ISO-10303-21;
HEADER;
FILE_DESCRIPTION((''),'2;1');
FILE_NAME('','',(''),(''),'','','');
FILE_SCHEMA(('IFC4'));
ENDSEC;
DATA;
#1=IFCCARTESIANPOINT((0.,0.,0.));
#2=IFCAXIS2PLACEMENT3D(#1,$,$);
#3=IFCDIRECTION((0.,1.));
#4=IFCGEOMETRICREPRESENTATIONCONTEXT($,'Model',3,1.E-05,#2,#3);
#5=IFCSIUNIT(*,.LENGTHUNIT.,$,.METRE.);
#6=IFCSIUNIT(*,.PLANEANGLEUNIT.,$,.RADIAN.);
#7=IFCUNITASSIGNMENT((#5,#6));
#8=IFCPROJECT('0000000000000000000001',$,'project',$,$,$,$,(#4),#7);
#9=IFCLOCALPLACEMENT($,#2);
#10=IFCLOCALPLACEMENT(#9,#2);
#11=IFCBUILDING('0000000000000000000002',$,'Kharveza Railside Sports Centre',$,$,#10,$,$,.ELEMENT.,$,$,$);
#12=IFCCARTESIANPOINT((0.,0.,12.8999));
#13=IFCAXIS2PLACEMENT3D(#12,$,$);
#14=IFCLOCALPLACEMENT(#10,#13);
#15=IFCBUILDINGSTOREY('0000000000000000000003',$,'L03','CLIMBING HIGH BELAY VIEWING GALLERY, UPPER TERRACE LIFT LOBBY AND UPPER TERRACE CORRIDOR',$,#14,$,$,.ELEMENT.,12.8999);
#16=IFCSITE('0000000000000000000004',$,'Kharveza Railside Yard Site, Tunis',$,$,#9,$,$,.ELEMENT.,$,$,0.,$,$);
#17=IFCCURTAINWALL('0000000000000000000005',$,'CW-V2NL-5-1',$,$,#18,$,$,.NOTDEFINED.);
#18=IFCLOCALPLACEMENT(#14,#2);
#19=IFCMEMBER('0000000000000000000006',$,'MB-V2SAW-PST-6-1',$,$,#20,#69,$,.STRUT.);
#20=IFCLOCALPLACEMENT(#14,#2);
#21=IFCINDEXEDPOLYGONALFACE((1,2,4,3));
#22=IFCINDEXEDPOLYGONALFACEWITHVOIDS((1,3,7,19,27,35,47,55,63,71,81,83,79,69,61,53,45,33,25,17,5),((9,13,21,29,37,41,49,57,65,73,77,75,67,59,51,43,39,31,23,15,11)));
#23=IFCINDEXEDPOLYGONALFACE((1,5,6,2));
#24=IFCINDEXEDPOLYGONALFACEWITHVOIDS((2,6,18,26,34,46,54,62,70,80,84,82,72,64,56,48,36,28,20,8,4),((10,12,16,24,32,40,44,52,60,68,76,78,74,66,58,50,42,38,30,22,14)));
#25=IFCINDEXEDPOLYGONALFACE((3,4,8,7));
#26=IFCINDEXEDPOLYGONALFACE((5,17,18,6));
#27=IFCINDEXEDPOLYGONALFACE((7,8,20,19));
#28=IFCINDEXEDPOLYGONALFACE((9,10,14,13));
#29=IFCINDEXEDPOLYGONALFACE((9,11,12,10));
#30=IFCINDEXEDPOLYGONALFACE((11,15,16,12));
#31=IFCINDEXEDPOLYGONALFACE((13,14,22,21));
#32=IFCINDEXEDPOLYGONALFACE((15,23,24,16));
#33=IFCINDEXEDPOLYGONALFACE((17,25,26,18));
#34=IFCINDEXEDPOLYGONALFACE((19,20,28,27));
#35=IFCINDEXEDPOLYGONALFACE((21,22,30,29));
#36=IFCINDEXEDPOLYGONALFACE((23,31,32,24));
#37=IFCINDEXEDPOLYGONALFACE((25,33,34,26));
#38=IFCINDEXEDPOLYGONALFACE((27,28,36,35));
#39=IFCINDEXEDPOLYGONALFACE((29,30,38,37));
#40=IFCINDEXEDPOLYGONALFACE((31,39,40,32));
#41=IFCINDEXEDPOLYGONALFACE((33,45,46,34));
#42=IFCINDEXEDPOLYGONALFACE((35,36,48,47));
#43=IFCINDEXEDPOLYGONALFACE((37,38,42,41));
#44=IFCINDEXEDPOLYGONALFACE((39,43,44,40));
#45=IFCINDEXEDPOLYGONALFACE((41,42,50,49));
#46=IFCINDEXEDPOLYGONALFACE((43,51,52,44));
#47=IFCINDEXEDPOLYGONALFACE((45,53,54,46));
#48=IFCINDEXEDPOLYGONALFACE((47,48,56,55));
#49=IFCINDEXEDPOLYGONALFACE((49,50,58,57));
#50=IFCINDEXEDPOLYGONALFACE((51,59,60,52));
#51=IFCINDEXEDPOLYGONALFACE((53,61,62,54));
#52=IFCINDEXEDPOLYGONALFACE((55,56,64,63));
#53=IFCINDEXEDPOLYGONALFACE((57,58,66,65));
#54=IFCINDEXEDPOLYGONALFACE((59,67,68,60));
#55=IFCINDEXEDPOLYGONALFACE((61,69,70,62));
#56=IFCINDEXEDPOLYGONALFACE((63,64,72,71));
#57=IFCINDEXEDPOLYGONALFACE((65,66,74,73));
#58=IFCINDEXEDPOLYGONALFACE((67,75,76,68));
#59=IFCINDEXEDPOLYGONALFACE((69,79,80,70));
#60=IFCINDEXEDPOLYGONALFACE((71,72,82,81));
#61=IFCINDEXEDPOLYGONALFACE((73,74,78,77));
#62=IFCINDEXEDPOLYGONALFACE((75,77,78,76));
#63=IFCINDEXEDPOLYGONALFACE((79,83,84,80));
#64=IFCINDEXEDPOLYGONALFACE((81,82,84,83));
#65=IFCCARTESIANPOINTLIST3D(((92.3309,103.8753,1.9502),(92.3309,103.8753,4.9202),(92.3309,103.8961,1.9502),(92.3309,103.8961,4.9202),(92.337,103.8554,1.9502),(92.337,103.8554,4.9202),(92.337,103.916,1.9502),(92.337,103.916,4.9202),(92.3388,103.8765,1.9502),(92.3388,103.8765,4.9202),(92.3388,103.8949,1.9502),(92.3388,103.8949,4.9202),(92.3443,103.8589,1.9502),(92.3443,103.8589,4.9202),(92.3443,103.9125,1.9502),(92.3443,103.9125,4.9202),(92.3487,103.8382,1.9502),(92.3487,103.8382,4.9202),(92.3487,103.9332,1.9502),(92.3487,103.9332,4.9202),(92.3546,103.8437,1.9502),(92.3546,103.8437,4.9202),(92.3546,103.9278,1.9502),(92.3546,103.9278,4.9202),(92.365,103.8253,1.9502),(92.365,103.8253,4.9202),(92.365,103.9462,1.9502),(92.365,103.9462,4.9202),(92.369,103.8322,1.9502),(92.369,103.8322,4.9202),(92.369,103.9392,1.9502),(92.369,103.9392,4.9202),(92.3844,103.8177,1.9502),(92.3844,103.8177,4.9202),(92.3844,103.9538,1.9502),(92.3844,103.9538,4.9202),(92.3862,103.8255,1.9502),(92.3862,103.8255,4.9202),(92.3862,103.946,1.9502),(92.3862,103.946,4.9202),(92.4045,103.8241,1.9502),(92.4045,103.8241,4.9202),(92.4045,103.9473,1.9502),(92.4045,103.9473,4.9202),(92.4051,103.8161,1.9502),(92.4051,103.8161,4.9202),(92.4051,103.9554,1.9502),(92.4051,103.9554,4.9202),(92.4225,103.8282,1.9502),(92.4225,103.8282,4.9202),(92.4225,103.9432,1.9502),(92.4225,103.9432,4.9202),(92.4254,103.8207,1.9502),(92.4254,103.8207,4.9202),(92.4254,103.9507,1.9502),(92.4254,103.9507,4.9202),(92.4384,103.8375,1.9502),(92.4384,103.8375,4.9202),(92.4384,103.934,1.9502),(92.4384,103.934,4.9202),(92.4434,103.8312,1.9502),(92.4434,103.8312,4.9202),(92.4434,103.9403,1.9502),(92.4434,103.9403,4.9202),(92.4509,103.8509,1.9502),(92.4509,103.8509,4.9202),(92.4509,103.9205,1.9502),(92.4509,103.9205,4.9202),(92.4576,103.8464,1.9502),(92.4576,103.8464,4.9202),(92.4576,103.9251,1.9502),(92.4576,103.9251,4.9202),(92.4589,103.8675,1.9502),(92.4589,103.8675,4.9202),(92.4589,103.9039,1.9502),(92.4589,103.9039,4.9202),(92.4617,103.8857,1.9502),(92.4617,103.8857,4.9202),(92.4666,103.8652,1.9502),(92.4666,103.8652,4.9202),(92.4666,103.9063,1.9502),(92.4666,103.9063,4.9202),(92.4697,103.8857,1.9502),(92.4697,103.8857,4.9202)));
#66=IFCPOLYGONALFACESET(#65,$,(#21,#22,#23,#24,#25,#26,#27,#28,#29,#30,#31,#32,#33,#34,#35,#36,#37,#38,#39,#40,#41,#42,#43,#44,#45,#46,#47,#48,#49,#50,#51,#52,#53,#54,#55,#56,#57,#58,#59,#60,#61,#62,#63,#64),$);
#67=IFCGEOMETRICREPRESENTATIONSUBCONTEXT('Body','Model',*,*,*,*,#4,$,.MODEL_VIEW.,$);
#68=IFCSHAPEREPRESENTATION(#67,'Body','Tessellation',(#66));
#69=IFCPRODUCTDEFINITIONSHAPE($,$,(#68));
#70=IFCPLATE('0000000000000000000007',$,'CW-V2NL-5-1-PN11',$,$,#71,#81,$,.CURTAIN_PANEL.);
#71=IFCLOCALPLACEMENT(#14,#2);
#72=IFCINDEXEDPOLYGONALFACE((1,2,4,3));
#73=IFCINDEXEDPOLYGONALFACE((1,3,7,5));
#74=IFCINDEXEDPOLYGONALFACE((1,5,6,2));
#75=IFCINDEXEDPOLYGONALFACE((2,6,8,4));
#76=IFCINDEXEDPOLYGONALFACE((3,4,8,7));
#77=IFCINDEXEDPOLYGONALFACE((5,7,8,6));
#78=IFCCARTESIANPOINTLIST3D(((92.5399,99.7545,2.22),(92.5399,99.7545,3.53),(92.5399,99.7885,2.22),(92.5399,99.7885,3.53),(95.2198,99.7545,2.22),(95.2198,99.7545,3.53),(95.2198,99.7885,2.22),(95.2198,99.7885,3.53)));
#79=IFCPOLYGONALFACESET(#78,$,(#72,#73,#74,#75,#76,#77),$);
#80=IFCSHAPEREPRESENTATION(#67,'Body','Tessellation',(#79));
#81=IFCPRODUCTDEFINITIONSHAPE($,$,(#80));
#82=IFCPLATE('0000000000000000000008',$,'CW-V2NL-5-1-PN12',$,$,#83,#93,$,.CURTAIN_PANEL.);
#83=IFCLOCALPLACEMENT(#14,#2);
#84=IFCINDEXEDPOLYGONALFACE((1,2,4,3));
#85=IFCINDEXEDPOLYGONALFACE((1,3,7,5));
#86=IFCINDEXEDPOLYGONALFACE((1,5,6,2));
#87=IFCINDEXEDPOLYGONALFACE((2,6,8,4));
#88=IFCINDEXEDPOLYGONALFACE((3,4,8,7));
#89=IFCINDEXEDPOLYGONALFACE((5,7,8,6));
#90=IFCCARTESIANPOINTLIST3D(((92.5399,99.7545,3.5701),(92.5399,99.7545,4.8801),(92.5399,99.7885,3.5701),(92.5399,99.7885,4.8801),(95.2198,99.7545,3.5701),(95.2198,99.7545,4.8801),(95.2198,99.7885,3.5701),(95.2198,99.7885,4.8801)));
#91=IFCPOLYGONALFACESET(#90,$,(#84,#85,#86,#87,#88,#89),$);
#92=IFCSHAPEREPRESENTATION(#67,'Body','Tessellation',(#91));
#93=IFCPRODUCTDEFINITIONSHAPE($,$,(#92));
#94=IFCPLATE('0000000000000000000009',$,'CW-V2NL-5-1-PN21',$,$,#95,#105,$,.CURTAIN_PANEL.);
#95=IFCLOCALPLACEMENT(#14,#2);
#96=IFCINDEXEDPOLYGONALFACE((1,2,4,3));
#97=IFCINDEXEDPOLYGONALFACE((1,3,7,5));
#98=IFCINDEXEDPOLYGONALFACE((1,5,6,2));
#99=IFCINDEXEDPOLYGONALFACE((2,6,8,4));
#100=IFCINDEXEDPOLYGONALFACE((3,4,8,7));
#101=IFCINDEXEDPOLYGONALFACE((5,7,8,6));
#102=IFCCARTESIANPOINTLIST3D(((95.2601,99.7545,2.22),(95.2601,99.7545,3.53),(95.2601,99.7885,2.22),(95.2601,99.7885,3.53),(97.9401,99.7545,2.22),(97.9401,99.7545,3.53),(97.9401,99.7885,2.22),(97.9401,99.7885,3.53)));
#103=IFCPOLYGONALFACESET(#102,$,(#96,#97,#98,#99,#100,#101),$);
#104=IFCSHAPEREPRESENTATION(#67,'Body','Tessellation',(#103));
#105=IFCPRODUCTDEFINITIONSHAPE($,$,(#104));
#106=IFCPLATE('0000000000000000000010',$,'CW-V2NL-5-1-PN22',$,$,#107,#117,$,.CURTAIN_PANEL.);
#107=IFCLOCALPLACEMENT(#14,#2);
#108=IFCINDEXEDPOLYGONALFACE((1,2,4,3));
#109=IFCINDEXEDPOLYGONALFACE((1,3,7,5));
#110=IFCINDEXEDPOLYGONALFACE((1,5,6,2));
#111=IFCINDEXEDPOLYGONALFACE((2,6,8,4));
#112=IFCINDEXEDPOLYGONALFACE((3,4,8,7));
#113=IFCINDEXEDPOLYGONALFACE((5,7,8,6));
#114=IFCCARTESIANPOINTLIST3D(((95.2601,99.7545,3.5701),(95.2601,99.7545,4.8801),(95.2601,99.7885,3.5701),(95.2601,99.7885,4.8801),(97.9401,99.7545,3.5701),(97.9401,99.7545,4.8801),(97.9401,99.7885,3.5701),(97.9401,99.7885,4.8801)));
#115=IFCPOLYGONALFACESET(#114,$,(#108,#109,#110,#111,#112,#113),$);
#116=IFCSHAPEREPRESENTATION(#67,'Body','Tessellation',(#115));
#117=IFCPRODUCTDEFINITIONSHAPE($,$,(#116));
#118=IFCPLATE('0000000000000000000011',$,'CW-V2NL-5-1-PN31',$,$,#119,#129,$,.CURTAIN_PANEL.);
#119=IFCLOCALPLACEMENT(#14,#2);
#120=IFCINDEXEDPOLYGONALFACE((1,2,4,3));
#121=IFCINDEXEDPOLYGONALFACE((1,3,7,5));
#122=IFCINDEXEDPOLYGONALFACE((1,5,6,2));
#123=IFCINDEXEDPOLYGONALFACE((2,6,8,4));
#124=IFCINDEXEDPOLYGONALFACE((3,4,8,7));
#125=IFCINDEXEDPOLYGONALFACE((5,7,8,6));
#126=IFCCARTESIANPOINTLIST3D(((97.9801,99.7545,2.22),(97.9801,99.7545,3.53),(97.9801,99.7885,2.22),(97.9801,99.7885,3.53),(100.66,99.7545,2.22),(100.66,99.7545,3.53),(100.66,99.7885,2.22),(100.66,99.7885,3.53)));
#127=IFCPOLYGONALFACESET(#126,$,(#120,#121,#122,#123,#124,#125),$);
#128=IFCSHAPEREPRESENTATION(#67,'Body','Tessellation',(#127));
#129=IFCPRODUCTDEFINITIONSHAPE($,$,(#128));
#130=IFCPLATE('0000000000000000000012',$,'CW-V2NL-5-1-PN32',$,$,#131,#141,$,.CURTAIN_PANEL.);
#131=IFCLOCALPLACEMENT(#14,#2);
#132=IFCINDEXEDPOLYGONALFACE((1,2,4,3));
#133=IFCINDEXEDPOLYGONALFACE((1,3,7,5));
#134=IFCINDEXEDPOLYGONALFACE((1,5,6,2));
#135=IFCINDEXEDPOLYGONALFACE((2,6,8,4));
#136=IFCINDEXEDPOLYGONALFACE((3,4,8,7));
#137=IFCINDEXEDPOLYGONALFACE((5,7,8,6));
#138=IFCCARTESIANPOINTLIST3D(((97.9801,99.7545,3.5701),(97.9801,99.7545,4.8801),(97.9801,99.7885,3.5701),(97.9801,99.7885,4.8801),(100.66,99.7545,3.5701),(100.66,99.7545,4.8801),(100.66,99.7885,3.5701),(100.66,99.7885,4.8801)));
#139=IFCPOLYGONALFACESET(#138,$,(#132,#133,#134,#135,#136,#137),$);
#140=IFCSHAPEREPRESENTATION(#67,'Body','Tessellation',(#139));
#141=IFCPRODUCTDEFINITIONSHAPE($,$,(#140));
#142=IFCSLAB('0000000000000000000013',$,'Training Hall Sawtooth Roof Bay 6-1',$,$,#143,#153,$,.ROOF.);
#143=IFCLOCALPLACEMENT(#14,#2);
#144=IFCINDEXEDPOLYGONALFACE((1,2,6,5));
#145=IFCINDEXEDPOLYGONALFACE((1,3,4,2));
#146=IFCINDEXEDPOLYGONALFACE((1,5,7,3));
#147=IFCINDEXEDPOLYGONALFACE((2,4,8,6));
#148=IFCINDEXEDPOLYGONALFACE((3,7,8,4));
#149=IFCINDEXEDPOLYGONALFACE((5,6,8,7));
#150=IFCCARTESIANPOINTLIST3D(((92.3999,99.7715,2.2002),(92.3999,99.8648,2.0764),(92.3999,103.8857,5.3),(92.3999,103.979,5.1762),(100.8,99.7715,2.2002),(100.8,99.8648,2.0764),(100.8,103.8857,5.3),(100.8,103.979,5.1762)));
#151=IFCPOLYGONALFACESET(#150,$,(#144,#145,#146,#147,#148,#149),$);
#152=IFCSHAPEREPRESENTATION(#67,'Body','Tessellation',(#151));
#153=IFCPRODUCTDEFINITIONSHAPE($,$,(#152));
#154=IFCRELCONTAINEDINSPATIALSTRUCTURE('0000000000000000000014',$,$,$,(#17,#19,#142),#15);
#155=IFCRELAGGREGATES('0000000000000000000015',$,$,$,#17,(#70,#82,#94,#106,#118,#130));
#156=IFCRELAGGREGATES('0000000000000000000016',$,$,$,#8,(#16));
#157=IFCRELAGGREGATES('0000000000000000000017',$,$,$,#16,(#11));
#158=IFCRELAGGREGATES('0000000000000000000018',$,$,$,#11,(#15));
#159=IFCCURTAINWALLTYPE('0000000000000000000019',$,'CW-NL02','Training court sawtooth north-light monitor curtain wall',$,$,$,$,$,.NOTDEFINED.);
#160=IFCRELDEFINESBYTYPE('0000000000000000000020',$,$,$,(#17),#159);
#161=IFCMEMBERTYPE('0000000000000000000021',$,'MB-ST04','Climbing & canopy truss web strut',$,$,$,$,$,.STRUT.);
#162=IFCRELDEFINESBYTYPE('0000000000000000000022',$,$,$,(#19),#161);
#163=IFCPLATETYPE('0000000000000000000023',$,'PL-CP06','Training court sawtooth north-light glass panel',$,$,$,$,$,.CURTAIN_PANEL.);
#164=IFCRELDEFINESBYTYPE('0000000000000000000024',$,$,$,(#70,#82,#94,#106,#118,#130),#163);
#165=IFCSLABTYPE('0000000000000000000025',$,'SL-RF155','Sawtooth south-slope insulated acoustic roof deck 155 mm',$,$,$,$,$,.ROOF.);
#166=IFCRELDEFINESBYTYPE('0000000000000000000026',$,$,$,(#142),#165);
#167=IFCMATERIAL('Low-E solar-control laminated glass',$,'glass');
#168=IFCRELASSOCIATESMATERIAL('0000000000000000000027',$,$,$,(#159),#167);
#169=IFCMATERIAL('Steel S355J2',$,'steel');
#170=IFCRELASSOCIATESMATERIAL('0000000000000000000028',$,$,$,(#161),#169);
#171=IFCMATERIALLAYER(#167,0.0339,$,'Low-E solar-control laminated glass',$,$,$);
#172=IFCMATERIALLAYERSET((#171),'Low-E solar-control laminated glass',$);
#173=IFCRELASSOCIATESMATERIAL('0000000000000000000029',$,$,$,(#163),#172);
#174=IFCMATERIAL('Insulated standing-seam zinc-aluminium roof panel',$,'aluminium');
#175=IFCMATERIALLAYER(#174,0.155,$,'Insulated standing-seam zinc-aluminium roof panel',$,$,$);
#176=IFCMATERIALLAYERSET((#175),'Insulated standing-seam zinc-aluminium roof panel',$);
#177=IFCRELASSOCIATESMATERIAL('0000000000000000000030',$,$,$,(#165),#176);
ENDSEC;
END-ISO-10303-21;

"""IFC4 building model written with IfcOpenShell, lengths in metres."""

from ifc_helpers import new_model, si_unit, direction, frame, origin, origin_2d, place, context, subcontext, project, spatial, polyline, rectangle, hollow_circle, outline, extrude, material, layer, layer_set, material_profile, profile_set, type_object, element, aggregate, save


model = new_model("IFC4")

# Units and contexts
model_context = context("Model", 3, precision=1e-05, world=origin(), true_north=direction((0.0, 1.0)))
body_context = subcontext(model_context, "Body", "Model", "MODEL_VIEW")
ifc_project = project(units=[si_unit("LENGTHUNIT", "METRE"), si_unit("PLANEANGLEUNIT", "RADIAN")], contexts=[model_context])

# Site, building, storey
site_placement = place(None, origin())
site = spatial("IfcSite", under=ifc_project, at=site_placement, Name="Kharveza Railside Yard Site, Tunis", CompositionType="ELEMENT", RefElevation=0.0)
building_placement = place(site_placement, origin())
building = spatial("IfcBuilding", under=site, at=building_placement, Name="Kharveza Railside Sports Centre", CompositionType="ELEMENT")
storey_placement = place(building_placement, frame((0.0, 0.0, 12.8999)))
storey = spatial("IfcBuildingStorey", under=building, at=storey_placement, Name="L03", Description="CLIMBING HIGH BELAY VIEWING GALLERY, UPPER TERRACE LIFT LOBBY AND UPPER TERRACE CORRIDOR", CompositionType="ELEMENT", Elevation=12.8999)

# Shared definitions
ifc_material_1 = material(Name="Steel S355J2", Category="steel")

# Curtain wall
ifc_material_2 = material(Name="Low-E solar-control laminated glass", Category="glass")
curtain_wall_type = type_object("IfcCurtainWallType", Name="CW-NL02", Description="Training court sawtooth north-light monitor curtain wall", PredefinedType="NOTDEFINED", material=ifc_material_2)
curtain_wall_placement = place(storey_placement, origin())
curtain_wall = element("IfcCurtainWall", 1, at=curtain_wall_placement, inside=storey, type_object=curtain_wall_type, Name="CW-V2NL-5-1", PredefinedType="NOTDEFINED")

# Member
ifc_material_profile_1 = material_profile(ifc_material_1, hollow_circle(Radius=0.0698, WallThickness=0.0081, at=origin_2d()), Name="CHS 139.7x8.0")
ifc_profile_set_1 = profile_set([ifc_material_profile_1], Name="Steel S355J2")
member_type_1 = type_object("IfcMemberType", Name="MB-ST04", Description="Climbing & canopy truss web strut", PredefinedType="STRUT", material=ifc_profile_set_1)
for number, where, z_axis, x_axis, name in (
    (2, (92.3999, 103.8857, 1.9502), (0.0, 0.0, 1.0), (1.0, 0.0, 0.0), "MB-V2SAW-PST-6-1"),
):
    element("IfcMember", number, at=place(storey_placement, frame(where, z_axis=z_axis, x_axis=x_axis)), inside=storey, type_object=member_type_1, Name=name, PredefinedType="STRUT", context=body_context, shape_type="SweptSolid", body=[
        extrude(hollow_circle(Radius=0.0698, WallThickness=0.0081, at=origin_2d()), origin(), (0.0, 0.0, 1.0), 2.97),
    ])

# Plates
ifc_layer_1 = layer(ifc_material_2, 0.0339, Name="Low-E solar-control laminated glass")
ifc_layer_set_1 = layer_set([ifc_layer_1], Name="Low-E solar-control laminated glass")
plate_type = type_object("IfcPlateType", Name="PL-CP06", Description="Training court sawtooth north-light glass panel", PredefinedType="CURTAIN_PANEL", material=ifc_layer_set_1)
plate_1_placement = place(storey_placement, frame((93.8799, 99.7715, 2.22), z_axis=(0.0, 0.0, 1.0), x_axis=(1.0, 0.0, 0.0)))
plate_1 = element("IfcPlate", 3, at=plate_1_placement, type_object=plate_type, Name="CW-V2NL-5-1-PN11", PredefinedType="CURTAIN_PANEL", context=body_context, shape_type="SweptSolid", body=[
    extrude(rectangle(XDim=2.6799, YDim=0.0339, at=origin_2d()), origin(), (0.0, 0.0, 1.0), 1.3101),
])
plate_2_placement = place(storey_placement, frame((93.8799, 99.7715, 3.5701), z_axis=(0.0, 0.0, 1.0), x_axis=(1.0, 0.0, 0.0)))
plate_2 = element("IfcPlate", 4, at=plate_2_placement, type_object=plate_type, Name="CW-V2NL-5-1-PN12", PredefinedType="CURTAIN_PANEL", context=body_context, shape_type="SweptSolid", body=[
    extrude(rectangle(XDim=2.6799, YDim=0.0339, at=origin_2d()), origin(), (0.0, 0.0, 1.0), 1.3101),
])
plate_3_placement = place(storey_placement, frame((96.6001, 99.7715, 2.22), z_axis=(0.0, 0.0, 1.0), x_axis=(1.0, 0.0, 0.0)))
plate_3 = element("IfcPlate", 5, at=plate_3_placement, type_object=plate_type, Name="CW-V2NL-5-1-PN21", PredefinedType="CURTAIN_PANEL", context=body_context, shape_type="SweptSolid", body=[
    extrude(rectangle(XDim=2.6799, YDim=0.0339, at=origin_2d()), origin(), (0.0, 0.0, 1.0), 1.3101),
])
plate_4_placement = place(storey_placement, frame((96.6001, 99.7715, 3.5701), z_axis=(0.0, 0.0, 1.0), x_axis=(1.0, 0.0, 0.0)))
plate_4 = element("IfcPlate", 6, at=plate_4_placement, type_object=plate_type, Name="CW-V2NL-5-1-PN22", PredefinedType="CURTAIN_PANEL", context=body_context, shape_type="SweptSolid", body=[
    extrude(rectangle(XDim=2.6799, YDim=0.0339, at=origin_2d()), origin(), (0.0, 0.0, 1.0), 1.3101),
])
plate_5_placement = place(storey_placement, frame((99.3201, 99.7715, 2.22), z_axis=(0.0, 0.0, 1.0), x_axis=(1.0, 0.0, 0.0)))
plate_5 = element("IfcPlate", 7, at=plate_5_placement, type_object=plate_type, Name="CW-V2NL-5-1-PN31", PredefinedType="CURTAIN_PANEL", context=body_context, shape_type="SweptSolid", body=[
    extrude(rectangle(XDim=2.6799, YDim=0.0339, at=origin_2d()), origin(), (0.0, 0.0, 1.0), 1.3101),
])
plate_6_placement = place(storey_placement, frame((99.3201, 99.7715, 3.5701), z_axis=(0.0, 0.0, 1.0), x_axis=(1.0, 0.0, 0.0)))
plate_6 = element("IfcPlate", 8, at=plate_6_placement, type_object=plate_type, Name="CW-V2NL-5-1-PN32", PredefinedType="CURTAIN_PANEL", context=body_context, shape_type="SweptSolid", body=[
    extrude(rectangle(XDim=2.6799, YDim=0.0339, at=origin_2d()), origin(), (0.0, 0.0, 1.0), 1.3101),
])
aggregate(curtain_wall, [plate_1, plate_2, plate_3, plate_4, plate_5, plate_6])

# Slab
ifc_material_3 = material(Name="Insulated standing-seam zinc-aluminium roof panel", Category="aluminium")
ifc_layer_2 = layer(ifc_material_3, 0.155, Name="Insulated standing-seam zinc-aluminium roof panel")
ifc_layer_set_2 = layer_set([ifc_layer_2], Name="Insulated standing-seam zinc-aluminium roof panel")
slab_type = type_object("IfcSlabType", Name="SL-RF155", Description="Sawtooth south-slope insulated acoustic roof deck 155 mm", PredefinedType="ROOF", material=ifc_layer_set_2)
slab_placement = place(storey_placement, frame((92.3999, 99.7715, 2.2002), z_axis=(0.0, -0.601758, 0.798679), x_axis=(1.0, 0.0, 0.0)))
element("IfcSlab", 9, at=slab_placement, inside=storey, type_object=slab_type, Name="Training Hall Sawtooth Roof Bay 6-1", PredefinedType="ROOF", context=body_context, shape_type="SweptSolid", body=[
    extrude(outline(polyline([(0.0, 0.0), (8.4001, 0.0), (8.4001, 5.1513), (0.0, 5.1513), (0.0, 0.0)])), origin(), (0.0, 0.0, -1.0), 0.155),
])

save(model, "model.ifc")
